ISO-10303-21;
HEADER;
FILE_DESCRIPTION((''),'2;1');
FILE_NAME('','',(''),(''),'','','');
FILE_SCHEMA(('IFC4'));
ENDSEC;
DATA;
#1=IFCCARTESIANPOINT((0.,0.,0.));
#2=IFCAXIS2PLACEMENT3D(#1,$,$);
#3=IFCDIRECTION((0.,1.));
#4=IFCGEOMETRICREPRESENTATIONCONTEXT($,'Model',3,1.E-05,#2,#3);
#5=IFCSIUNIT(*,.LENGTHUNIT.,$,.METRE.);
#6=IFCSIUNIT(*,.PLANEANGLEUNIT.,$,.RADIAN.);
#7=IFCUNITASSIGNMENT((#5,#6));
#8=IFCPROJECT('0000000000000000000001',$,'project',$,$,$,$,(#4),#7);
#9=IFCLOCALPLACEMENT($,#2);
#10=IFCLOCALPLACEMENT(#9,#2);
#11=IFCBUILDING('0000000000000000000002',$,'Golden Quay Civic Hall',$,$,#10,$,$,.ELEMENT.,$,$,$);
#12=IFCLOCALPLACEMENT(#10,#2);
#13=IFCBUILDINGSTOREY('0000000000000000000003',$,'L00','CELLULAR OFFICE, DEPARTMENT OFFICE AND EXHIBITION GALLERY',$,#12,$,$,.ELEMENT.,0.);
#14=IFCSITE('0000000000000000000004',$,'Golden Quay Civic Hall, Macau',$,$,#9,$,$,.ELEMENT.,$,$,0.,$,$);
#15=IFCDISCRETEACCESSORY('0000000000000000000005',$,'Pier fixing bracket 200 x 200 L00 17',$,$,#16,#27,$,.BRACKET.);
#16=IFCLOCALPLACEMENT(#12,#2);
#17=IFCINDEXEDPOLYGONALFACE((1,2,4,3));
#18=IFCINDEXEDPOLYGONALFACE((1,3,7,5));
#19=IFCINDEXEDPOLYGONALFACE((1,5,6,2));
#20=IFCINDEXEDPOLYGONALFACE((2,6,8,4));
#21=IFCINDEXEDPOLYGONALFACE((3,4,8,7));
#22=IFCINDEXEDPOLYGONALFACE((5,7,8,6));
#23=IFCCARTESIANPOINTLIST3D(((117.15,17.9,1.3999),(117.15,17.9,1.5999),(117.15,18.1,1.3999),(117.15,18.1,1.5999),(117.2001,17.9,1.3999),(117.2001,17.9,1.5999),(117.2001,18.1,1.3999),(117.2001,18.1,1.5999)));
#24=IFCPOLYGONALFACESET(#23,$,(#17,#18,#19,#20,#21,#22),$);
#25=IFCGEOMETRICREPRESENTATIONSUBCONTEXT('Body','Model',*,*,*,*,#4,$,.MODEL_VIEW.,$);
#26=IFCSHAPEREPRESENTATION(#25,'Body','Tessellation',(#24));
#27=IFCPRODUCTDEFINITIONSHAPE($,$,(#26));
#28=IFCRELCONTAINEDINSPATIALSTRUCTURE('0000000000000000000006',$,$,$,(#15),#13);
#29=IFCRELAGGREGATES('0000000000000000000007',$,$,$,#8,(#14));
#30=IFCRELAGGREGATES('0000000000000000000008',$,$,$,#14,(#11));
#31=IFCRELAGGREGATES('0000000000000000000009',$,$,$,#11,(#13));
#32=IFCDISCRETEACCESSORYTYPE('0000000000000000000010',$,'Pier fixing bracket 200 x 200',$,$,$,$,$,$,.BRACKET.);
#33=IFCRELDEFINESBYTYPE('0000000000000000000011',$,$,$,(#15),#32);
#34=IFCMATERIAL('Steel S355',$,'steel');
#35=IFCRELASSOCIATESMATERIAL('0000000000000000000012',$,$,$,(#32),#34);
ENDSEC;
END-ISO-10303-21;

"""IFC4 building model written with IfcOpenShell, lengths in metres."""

from ifc_helpers import new_model, si_unit, direction, frame, origin, origin_2d, place, context, subcontext, project, spatial, rectangle, extrude, material, type_object, element, save


model = new_model("IFC4")

# Units and contexts
model_context = context("Model", 3, precision=1e-05, world=origin(), true_north=direction((0.0, 1.0)))
body_context = subcontext(model_context, "Body", "Model", "MODEL_VIEW")
ifc_project = project(units=[si_unit("LENGTHUNIT", "METRE"), si_unit("PLANEANGLEUNIT", "RADIAN")], contexts=[model_context])

# Site, building, storey
site_placement = place(None, origin())
site = spatial("IfcSite", under=ifc_project, at=site_placement, Name="Golden Quay Civic Hall, Macau", CompositionType="ELEMENT", RefElevation=0.0)
building_placement = place(site_placement, origin())
building = spatial("IfcBuilding", under=site, at=building_placement, Name="Golden Quay Civic Hall", CompositionType="ELEMENT")
storey_placement = place(building_placement, origin())
storey = spatial("IfcBuildingStorey", under=building, at=storey_placement, Name="L00", Description="CELLULAR OFFICE, DEPARTMENT OFFICE AND EXHIBITION GALLERY", CompositionType="ELEMENT", Elevation=0.0)

# Discrete accessory
ifc_material_1 = material(Name="Steel S355", Category="steel")
discrete_accessory_type = type_object("IfcDiscreteAccessoryType", Name="Pier fixing bracket 200 x 200", PredefinedType="BRACKET", material=ifc_material_1)
discrete_accessory_placement = place(storey_placement, frame((117.175, 18.0, 1.3999), z_axis=(0.0, 0.0, 1.0), x_axis=(0.0, 1.0, 0.0)))
element("IfcDiscreteAccessory", 1, at=discrete_accessory_placement, inside=storey, type_object=discrete_accessory_type, Name="Pier fixing bracket 200 x 200 L00 17", PredefinedType="BRACKET", context=body_context, shape_type="SweptSolid", body=[
    extrude(rectangle(XDim=0.2, YDim=0.05, at=origin_2d()), origin(), (0.0, 0.0, 1.0), 0.2),
])

save(model, "model.ifc")
